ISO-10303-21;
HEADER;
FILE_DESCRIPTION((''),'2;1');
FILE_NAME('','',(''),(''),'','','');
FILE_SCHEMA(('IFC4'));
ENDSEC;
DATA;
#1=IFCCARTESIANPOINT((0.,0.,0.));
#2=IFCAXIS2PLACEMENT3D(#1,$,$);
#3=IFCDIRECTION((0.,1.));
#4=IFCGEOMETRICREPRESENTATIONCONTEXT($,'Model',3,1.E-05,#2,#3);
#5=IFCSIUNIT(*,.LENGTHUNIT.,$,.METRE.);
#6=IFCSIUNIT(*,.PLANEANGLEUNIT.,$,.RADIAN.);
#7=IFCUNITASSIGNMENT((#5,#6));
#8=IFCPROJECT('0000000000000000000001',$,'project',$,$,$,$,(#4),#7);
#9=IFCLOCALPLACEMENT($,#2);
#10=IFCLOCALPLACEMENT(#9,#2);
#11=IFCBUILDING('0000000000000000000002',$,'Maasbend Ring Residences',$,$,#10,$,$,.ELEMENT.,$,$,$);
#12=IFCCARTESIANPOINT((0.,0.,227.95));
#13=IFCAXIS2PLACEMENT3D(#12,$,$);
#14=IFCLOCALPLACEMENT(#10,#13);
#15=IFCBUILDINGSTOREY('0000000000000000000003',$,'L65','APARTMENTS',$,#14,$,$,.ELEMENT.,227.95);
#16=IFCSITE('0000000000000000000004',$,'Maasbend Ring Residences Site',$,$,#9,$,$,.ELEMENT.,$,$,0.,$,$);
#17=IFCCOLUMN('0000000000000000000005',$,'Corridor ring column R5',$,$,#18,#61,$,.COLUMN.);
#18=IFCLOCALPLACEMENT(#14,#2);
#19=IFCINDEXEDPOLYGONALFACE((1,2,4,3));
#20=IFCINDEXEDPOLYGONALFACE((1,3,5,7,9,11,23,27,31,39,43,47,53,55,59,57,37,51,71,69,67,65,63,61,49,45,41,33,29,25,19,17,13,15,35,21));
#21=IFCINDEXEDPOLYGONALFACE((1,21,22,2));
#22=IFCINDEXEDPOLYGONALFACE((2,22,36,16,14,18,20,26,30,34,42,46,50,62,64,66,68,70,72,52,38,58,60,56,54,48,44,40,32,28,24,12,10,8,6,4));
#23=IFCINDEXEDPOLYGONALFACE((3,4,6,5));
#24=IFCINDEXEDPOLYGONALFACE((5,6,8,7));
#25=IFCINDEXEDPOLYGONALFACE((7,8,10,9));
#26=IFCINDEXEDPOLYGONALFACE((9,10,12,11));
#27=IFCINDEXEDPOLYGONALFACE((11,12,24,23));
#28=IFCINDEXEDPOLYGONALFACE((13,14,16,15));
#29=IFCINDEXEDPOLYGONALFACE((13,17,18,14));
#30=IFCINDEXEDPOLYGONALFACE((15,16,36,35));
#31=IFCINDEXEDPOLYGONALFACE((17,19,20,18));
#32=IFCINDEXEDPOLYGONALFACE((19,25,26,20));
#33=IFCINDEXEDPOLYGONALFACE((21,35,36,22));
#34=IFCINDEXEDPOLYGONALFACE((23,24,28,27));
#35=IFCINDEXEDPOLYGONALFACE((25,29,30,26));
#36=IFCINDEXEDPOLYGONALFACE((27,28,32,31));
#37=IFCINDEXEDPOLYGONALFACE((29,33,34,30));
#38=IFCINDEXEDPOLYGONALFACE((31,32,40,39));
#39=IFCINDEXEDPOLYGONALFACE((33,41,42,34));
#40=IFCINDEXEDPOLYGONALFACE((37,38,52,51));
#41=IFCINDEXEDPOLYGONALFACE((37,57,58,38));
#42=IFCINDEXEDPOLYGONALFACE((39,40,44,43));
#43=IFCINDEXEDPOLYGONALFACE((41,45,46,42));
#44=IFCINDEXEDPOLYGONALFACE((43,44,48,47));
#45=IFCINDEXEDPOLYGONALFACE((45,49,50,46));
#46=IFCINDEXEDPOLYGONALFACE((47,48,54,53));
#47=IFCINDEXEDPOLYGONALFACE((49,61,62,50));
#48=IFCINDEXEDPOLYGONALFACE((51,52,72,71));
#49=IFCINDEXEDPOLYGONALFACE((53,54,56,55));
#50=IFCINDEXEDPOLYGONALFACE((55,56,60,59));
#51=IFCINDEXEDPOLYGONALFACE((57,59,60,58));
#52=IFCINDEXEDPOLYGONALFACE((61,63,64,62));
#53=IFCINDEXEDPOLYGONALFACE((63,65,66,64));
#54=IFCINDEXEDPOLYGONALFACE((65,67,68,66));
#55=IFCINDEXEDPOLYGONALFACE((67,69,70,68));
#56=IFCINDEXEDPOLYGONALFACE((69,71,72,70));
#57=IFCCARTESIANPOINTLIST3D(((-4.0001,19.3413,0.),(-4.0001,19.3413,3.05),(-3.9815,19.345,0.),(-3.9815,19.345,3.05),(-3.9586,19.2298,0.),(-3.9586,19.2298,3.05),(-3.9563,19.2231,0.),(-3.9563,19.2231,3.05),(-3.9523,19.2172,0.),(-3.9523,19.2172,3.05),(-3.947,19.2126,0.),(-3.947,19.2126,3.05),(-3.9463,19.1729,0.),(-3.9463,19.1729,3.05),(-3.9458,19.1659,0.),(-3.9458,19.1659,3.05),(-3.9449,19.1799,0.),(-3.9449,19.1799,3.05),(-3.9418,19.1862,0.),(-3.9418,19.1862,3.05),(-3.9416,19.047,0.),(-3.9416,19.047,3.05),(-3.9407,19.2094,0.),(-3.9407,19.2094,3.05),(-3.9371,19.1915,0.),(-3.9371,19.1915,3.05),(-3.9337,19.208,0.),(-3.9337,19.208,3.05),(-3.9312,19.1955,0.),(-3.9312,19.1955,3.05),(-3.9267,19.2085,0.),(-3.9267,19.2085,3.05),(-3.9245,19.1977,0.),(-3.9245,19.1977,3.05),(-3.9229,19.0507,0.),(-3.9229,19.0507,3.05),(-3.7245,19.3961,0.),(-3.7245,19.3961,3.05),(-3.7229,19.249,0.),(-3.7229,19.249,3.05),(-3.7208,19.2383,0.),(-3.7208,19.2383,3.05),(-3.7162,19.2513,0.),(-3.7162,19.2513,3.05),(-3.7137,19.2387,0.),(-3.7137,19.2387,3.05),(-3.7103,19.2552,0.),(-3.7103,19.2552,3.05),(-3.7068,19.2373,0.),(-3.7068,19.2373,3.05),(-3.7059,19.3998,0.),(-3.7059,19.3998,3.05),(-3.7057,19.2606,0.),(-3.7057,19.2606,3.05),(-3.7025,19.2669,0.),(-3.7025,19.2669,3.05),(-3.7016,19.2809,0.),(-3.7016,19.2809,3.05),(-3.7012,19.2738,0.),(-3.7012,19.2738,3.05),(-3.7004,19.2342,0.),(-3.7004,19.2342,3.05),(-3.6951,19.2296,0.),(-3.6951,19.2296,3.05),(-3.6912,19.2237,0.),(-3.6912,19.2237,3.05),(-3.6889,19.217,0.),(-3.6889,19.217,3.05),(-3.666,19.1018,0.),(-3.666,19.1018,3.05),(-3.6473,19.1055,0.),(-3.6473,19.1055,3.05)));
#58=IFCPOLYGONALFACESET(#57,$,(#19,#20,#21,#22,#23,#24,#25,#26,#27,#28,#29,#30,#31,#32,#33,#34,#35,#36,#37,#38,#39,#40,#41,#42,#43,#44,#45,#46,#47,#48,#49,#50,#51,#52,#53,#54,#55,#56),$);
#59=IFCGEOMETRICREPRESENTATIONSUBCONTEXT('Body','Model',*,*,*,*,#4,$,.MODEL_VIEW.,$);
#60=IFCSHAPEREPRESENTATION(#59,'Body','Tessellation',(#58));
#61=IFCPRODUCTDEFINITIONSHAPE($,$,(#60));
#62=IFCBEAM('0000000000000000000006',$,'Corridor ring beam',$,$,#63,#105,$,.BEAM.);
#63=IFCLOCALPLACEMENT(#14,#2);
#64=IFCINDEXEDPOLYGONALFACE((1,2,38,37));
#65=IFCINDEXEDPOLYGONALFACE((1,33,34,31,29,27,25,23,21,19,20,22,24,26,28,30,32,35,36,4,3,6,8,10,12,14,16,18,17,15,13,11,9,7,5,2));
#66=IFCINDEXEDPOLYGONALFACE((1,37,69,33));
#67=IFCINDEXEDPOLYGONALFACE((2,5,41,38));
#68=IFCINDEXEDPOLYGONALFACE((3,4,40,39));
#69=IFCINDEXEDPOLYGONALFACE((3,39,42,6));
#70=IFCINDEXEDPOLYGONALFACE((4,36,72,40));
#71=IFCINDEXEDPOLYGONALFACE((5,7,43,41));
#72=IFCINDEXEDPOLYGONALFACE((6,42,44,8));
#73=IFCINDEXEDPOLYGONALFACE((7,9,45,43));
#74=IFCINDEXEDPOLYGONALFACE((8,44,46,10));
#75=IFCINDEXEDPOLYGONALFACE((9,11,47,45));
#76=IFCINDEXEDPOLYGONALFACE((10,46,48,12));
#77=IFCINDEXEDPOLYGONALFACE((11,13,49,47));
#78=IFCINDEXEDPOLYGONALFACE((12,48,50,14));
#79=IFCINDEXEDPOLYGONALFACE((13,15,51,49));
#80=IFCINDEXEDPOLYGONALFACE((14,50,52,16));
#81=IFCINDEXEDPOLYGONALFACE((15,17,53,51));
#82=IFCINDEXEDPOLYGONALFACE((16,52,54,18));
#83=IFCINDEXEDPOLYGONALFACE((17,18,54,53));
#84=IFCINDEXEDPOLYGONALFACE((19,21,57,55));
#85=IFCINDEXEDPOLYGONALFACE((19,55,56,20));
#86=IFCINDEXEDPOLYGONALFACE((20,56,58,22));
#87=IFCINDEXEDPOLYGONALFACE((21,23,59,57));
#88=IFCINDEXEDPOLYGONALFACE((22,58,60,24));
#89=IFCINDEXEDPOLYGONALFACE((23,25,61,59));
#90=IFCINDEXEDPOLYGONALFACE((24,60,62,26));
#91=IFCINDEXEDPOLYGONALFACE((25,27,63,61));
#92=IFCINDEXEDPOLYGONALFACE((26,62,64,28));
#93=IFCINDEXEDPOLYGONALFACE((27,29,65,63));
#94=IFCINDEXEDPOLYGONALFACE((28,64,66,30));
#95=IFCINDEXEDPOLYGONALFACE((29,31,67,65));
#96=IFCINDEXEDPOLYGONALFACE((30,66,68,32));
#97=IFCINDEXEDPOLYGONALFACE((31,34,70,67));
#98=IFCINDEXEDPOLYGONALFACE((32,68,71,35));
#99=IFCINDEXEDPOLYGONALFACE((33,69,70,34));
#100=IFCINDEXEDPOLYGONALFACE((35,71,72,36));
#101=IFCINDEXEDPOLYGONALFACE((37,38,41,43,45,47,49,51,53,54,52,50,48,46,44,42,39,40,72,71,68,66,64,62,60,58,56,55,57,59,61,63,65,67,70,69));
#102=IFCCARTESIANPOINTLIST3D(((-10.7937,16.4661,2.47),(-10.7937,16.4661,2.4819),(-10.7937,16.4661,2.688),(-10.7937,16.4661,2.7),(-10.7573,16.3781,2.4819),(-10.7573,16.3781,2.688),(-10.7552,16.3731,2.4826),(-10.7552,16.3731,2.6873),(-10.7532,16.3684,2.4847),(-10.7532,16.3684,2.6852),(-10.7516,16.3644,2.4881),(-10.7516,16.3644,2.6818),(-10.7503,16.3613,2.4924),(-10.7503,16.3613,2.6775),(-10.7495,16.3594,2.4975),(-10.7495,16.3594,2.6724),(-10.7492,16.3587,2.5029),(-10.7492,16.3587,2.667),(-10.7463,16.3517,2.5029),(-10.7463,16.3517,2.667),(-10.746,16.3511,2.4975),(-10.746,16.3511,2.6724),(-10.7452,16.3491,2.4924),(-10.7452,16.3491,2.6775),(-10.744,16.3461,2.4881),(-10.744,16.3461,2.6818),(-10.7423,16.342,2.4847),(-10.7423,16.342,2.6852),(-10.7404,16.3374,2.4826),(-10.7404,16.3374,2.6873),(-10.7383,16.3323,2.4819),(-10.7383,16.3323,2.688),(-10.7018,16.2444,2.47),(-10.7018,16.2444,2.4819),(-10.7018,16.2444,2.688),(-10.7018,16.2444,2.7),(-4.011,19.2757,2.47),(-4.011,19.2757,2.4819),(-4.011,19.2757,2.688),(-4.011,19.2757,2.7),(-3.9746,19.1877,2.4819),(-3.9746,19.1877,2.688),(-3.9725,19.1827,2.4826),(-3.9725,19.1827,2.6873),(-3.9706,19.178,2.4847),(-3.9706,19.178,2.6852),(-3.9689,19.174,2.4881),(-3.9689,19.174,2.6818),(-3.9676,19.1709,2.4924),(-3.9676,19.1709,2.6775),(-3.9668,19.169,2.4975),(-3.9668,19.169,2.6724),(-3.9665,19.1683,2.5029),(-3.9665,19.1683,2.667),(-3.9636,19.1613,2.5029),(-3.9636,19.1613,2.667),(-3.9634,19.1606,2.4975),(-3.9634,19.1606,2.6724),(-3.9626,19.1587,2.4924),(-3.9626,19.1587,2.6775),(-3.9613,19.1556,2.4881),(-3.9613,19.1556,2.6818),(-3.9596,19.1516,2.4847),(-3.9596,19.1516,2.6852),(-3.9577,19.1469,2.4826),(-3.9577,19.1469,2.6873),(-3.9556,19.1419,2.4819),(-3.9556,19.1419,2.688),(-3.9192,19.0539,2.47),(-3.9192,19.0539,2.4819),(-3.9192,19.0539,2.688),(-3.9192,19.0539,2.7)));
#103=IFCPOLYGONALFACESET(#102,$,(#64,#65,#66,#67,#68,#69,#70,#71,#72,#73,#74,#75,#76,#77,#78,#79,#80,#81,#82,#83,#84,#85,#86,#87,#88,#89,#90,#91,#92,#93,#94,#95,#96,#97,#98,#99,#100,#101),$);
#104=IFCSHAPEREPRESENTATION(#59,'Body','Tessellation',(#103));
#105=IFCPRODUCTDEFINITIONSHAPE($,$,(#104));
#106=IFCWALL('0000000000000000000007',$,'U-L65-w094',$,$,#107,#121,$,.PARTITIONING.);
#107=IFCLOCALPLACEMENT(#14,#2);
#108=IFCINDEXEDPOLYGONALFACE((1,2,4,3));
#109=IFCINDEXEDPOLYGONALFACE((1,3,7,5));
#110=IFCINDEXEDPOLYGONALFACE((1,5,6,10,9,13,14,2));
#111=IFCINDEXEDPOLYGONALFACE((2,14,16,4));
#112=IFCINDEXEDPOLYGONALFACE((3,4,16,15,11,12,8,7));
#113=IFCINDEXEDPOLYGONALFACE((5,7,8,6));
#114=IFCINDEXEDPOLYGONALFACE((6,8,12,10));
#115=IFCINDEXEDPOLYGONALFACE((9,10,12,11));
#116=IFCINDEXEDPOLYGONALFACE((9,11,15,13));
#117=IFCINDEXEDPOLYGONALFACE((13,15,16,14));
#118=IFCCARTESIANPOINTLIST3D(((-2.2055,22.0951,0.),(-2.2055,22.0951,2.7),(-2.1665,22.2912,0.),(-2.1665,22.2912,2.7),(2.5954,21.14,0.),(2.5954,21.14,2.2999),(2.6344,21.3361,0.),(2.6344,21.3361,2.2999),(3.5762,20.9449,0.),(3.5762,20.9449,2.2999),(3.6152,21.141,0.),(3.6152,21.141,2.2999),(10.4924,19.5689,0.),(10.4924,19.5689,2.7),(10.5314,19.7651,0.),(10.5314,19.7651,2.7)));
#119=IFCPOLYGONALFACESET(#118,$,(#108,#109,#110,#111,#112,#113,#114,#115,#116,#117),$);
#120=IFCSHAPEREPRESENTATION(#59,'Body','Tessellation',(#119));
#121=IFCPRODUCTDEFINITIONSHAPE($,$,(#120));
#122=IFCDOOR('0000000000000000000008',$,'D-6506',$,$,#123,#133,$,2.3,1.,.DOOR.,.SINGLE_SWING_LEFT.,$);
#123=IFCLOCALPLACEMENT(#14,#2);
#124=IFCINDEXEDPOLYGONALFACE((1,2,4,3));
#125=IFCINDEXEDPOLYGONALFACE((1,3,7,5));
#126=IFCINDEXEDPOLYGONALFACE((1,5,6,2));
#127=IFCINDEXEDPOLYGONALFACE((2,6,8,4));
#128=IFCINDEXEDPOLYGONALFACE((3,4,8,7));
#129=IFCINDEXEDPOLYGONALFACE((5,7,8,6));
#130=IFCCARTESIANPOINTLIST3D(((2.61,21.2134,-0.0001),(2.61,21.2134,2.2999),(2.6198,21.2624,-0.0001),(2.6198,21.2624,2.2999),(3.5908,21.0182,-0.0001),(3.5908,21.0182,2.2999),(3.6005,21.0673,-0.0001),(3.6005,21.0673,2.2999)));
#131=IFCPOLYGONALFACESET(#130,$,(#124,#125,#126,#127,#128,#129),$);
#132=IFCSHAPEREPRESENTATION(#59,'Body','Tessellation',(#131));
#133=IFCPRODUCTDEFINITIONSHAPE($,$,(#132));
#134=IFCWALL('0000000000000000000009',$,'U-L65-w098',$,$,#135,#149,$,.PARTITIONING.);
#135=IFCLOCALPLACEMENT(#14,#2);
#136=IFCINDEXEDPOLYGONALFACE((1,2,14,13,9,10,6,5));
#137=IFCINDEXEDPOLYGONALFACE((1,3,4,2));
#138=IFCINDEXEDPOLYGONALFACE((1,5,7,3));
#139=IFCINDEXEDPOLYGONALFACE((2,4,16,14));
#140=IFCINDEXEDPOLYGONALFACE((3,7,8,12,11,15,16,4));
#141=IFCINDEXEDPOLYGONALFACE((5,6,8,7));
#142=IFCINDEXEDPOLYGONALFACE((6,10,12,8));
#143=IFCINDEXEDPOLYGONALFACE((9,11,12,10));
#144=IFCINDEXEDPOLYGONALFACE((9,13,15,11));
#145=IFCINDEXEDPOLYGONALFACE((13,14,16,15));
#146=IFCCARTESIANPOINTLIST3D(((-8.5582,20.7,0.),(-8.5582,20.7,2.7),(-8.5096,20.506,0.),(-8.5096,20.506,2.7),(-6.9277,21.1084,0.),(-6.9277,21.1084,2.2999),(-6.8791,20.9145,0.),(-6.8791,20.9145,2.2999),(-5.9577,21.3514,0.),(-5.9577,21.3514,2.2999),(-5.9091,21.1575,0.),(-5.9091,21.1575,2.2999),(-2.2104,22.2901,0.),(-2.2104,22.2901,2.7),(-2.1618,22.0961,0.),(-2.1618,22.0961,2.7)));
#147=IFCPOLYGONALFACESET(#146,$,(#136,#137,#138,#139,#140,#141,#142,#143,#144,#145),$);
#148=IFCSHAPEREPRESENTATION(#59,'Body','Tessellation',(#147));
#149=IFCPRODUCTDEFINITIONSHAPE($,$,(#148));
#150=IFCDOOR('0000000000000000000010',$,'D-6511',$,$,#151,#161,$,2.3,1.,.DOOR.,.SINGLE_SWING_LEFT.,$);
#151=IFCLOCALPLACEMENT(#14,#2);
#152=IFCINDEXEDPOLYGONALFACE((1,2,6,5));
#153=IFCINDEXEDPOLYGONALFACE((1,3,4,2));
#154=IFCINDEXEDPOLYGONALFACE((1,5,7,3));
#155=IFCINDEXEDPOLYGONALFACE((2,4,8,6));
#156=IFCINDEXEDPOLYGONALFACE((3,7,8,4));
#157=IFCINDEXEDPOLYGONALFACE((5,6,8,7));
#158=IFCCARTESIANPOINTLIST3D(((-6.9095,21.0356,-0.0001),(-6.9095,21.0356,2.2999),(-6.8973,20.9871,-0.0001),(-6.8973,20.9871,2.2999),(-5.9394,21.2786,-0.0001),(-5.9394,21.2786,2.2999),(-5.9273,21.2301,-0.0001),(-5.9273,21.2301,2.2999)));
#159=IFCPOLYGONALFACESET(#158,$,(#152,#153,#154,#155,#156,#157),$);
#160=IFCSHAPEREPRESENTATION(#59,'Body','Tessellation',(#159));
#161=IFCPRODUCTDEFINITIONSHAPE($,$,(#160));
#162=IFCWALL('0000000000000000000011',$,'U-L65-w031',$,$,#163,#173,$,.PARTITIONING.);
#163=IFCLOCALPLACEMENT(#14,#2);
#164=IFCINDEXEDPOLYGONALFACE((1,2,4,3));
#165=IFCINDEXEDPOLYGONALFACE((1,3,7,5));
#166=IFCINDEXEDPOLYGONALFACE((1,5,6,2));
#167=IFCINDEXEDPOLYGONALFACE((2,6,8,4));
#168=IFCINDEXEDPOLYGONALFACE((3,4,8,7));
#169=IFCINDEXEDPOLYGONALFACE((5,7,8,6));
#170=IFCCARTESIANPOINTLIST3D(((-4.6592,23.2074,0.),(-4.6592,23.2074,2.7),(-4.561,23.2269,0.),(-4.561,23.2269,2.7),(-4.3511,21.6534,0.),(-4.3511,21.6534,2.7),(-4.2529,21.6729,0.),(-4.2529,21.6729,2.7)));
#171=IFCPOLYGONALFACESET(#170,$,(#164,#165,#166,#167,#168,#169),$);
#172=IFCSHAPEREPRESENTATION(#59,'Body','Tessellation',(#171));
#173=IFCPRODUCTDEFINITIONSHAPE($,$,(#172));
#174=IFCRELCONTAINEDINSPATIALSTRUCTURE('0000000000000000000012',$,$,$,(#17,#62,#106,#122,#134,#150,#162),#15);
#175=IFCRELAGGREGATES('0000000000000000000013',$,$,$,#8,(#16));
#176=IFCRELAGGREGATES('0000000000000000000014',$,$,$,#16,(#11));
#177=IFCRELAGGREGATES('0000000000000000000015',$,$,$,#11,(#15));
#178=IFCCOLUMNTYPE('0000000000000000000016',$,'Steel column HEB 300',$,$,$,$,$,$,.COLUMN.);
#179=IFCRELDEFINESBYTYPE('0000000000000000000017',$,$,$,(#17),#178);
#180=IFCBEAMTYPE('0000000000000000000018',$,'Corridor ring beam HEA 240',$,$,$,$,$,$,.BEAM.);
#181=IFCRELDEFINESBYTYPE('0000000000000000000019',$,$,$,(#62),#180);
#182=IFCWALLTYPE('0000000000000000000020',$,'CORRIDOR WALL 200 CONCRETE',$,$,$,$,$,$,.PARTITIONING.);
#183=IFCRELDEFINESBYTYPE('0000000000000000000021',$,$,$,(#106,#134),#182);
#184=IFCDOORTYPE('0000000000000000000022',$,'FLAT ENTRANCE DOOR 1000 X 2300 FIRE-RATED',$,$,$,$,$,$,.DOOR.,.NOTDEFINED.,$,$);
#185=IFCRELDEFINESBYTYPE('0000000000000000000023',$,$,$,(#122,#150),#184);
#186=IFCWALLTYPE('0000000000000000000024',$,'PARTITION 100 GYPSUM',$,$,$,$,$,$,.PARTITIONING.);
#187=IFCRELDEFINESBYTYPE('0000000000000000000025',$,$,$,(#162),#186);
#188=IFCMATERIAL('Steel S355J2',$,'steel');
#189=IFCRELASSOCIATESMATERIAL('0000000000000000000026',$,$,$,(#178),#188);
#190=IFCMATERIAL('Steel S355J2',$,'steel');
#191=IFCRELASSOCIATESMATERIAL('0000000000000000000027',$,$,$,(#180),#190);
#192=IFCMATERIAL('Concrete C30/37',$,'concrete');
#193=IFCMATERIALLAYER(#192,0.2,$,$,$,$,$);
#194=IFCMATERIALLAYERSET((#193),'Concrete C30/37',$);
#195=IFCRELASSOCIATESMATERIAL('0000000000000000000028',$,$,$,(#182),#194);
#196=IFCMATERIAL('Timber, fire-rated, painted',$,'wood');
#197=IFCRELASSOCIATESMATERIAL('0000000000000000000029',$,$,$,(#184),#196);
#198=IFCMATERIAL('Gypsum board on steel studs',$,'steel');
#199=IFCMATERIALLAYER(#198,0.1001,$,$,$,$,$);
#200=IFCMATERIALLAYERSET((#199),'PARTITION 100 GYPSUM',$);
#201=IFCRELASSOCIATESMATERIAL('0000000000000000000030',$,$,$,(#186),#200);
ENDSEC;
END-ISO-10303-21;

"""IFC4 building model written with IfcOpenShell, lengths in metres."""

from ifc_helpers import new_model, si_unit, direction, frame, frame_2d, origin, origin_2d, place, context, subcontext, project, spatial, rectangle, i_section, extrude, material, layer, layer_set, material_profile, profile_set, type_object, element, fill, save


model = new_model("IFC4")

# Units and contexts
model_context = context("Model", 3, precision=1e-05, world=origin(), true_north=direction((0.0, 1.0)))
body_context = subcontext(model_context, "Body", "Model", "MODEL_VIEW")
ifc_project = project(units=[si_unit("LENGTHUNIT", "METRE"), si_unit("PLANEANGLEUNIT", "RADIAN")], contexts=[model_context])

# Site, building, storey
site_placement = place(None, origin())
site = spatial("IfcSite", under=ifc_project, at=site_placement, Name="Maasbend Ring Residences Site", CompositionType="ELEMENT", RefElevation=0.0)
building_placement = place(site_placement, origin())
building = spatial("IfcBuilding", under=site, at=building_placement, Name="Maasbend Ring Residences", CompositionType="ELEMENT")
storey_placement = place(building_placement, frame((0.0, 0.0, 227.95)))
storey = spatial("IfcBuildingStorey", under=building, at=storey_placement, Name="L65", Description="APARTMENTS", CompositionType="ELEMENT", Elevation=227.95)

# Column
ifc_material_1 = material(Name="Steel S355J2", Category="steel")
ifc_material_profile_1 = material_profile(ifc_material_1, i_section(OverallWidth=0.3, OverallDepth=0.3, WebThickness=0.011, FlangeThickness=0.019, FilletRadius=0.0271, at=origin_2d()), Name="HEB 300")
ifc_profile_set_1 = profile_set([ifc_material_profile_1], Name="Steel S355J2")
column_type = type_object("IfcColumnType", Name="Steel column HEB 300", PredefinedType="COLUMN", material=ifc_profile_set_1)
column_placement = place(storey_placement, frame((-3.8237, 19.2234, 0.0), z_axis=(0.0, 0.0, 1.0), x_axis=(-0.19509, 0.980785, 0.0)))
element("IfcColumn", 1, at=column_placement, inside=storey, type_object=column_type, Name="Corridor ring column R5", PredefinedType="COLUMN", context=body_context, shape_type="SweptSolid", body=[
    extrude(i_section(OverallWidth=0.3, OverallDepth=0.3, WebThickness=0.011, FlangeThickness=0.019, FilletRadius=0.0271, at=origin_2d()), origin(), (0.0, 0.0, 1.0), 3.05),
])

# Beam
ifc_material_2 = material(Name="Steel S355J2", Category="steel")
ifc_material_profile_2 = material_profile(ifc_material_2, i_section(OverallWidth=0.24, OverallDepth=0.23, WebThickness=0.0076, FlangeThickness=0.012, FilletRadius=0.021, at=origin_2d()), Name="HEA 240")
ifc_profile_set_2 = profile_set([ifc_material_profile_2], Name="Steel S355J2")
beam_type = type_object("IfcBeamType", Name="Corridor ring beam HEA 240", PredefinedType="BEAM", material=ifc_profile_set_2)
beam_placement = place(storey_placement, frame((-3.9651, 19.1648, 2.585), z_axis=(-0.923876, -0.382692, 0.0), x_axis=(0.382692, -0.923876, 0.0)))
element("IfcBeam", 2, at=beam_placement, inside=storey, type_object=beam_type, Name="Corridor ring beam", PredefinedType="BEAM", context=body_context, shape_type="SweptSolid", body=[
    extrude(i_section(OverallWidth=0.24, OverallDepth=0.23, WebThickness=0.0076, FlangeThickness=0.012, FilletRadius=0.021, at=origin_2d()), origin(), (0.0, 0.0, 1.0), 7.3416),
])

# Walls, openings, doors
ifc_material_3 = material(Name="Concrete C30/37", Category="concrete")
ifc_layer_1 = layer(ifc_material_3, 0.2)
ifc_layer_set_1 = layer_set([ifc_layer_1], Name="Concrete C30/37")
wall_type_1 = type_object("IfcWallType", Name="CORRIDOR WALL 200 CONCRETE", PredefinedType="PARTITIONING", material=ifc_layer_set_1)
wall_1_placement = place(storey_placement, frame((-2.186, 22.1931, 0.0), z_axis=(0.0, 0.0, 1.0), x_axis=(0.98078, -0.195115, 0.0)))
wall_1 = element("IfcWall", 3, at=wall_1_placement, inside=storey, type_object=wall_type_1, Name="U-L65-w094", PredefinedType="PARTITIONING", context=body_context, shape_type="SweptSolid", body=[
    extrude(rectangle(XDim=12.9468, YDim=0.2, at=frame_2d((6.4734, 0.0))), origin(), (0.0, 0.0, 1.0), 2.7),
])
opening_1_placement = place(wall_1_placement, frame((4.895, 0.0, 0.0)))
opening_1 = element("IfcOpeningElement", 4, at=opening_1_placement, cuts=wall_1, PredefinedType="OPENING", context=body_context, shape_type="SweptSolid", body=[
    extrude(rectangle(XDim=1.0, YDim=2.3, at=frame_2d((0.5, 1.1499))), frame((0.0, 0.1099, 0.0), z_axis=(0.0, -1.0, 0.0), x_axis=(1.0, 0.0, 0.0)), (0.0, 0.0, 1.0), 0.22),
])
ifc_material_4 = material(Name="Timber, fire-rated, painted", Category="wood")
door_type_1 = type_object("IfcDoorType", Name="FLAT ENTRANCE DOOR 1000 X 2300 FIRE-RATED", OperationType="NOTDEFINED", PredefinedType="DOOR", material=ifc_material_4)
door_1_placement = place(opening_1_placement, origin())
door_1 = element("IfcDoor", 5, at=door_1_placement, inside=storey, type_object=door_type_1, Name="D-6506", OperationType="SINGLE_SWING_LEFT", OverallHeight=2.3, OverallWidth=1.0, PredefinedType="DOOR", context=body_context, shape_type="SweptSolid", body=[
    extrude(rectangle(XDim=1.0, YDim=2.3, at=frame_2d((0.5, 1.1499))), frame((0.0, 0.0249, 0.0), z_axis=(0.0, -1.0, 0.0), x_axis=(1.0, 0.0, 0.0)), (0.0, 0.0, 1.0), 0.05),
])
fill(opening_1, door_1)
wall_2_placement = place(storey_placement, frame((-8.5339, 20.603, 0.0), z_axis=(0.0, 0.0, 1.0), x_axis=(0.97003, 0.242983, 0.0)))
wall_2 = element("IfcWall", 6, at=wall_2_placement, inside=storey, type_object=wall_type_1, Name="U-L65-w098", PredefinedType="PARTITIONING", context=body_context, shape_type="SweptSolid", body=[
    extrude(rectangle(XDim=6.5439, YDim=0.2, at=frame_2d((3.272, 0.0))), origin(), (0.0, 0.0, 1.0), 2.7),
])
opening_2_placement = place(wall_2_placement, frame((1.6809, 0.0, 0.0)))
opening_2 = element("IfcOpeningElement", 7, at=opening_2_placement, cuts=wall_2, PredefinedType="OPENING", context=body_context, shape_type="SweptSolid", body=[
    extrude(rectangle(XDim=1.0, YDim=2.3, at=frame_2d((0.5, 1.1499))), frame((0.0, 0.1099, 0.0), z_axis=(0.0, -1.0, 0.0), x_axis=(1.0, 0.0, 0.0)), (0.0, 0.0, 1.0), 0.22),
])
door_2_placement = place(opening_2_placement, origin())
door_2 = element("IfcDoor", 8, at=door_2_placement, inside=storey, type_object=door_type_1, Name="D-6511", OperationType="SINGLE_SWING_LEFT", OverallHeight=2.3, OverallWidth=1.0, PredefinedType="DOOR", context=body_context, shape_type="SweptSolid", body=[
    extrude(rectangle(XDim=1.0, YDim=2.3, at=frame_2d((0.5, 1.1499))), frame((0.0, 0.0249, 0.0), z_axis=(0.0, -1.0, 0.0), x_axis=(1.0, 0.0, 0.0)), (0.0, 0.0, 1.0), 0.05),
])
fill(opening_2, door_2)

# Wall
ifc_material_5 = material(Name="Gypsum board on steel studs", Category="steel")
ifc_layer_2 = layer(ifc_material_5, 0.1001)
ifc_layer_set_2 = layer_set([ifc_layer_2], Name="PARTITION 100 GYPSUM")
wall_type_2 = type_object("IfcWallType", Name="PARTITION 100 GYPSUM", PredefinedType="PARTITIONING", material=ifc_layer_set_2)
wall_3_placement = place(storey_placement, frame((-4.6101, 23.217, 0.0), z_axis=(0.0, 0.0, 1.0), x_axis=(0.194486, -0.980905, 0.0)))
element("IfcWall", 9, at=wall_3_placement, inside=storey, type_object=wall_type_2, Name="U-L65-w031", PredefinedType="PARTITIONING", context=body_context, shape_type="SweptSolid", body=[
    extrude(rectangle(XDim=1.5842, YDim=0.1001, at=frame_2d((0.792, 0.0))), origin(), (0.0, 0.0, 1.0), 2.7),
])

save(model, "model.ifc")
